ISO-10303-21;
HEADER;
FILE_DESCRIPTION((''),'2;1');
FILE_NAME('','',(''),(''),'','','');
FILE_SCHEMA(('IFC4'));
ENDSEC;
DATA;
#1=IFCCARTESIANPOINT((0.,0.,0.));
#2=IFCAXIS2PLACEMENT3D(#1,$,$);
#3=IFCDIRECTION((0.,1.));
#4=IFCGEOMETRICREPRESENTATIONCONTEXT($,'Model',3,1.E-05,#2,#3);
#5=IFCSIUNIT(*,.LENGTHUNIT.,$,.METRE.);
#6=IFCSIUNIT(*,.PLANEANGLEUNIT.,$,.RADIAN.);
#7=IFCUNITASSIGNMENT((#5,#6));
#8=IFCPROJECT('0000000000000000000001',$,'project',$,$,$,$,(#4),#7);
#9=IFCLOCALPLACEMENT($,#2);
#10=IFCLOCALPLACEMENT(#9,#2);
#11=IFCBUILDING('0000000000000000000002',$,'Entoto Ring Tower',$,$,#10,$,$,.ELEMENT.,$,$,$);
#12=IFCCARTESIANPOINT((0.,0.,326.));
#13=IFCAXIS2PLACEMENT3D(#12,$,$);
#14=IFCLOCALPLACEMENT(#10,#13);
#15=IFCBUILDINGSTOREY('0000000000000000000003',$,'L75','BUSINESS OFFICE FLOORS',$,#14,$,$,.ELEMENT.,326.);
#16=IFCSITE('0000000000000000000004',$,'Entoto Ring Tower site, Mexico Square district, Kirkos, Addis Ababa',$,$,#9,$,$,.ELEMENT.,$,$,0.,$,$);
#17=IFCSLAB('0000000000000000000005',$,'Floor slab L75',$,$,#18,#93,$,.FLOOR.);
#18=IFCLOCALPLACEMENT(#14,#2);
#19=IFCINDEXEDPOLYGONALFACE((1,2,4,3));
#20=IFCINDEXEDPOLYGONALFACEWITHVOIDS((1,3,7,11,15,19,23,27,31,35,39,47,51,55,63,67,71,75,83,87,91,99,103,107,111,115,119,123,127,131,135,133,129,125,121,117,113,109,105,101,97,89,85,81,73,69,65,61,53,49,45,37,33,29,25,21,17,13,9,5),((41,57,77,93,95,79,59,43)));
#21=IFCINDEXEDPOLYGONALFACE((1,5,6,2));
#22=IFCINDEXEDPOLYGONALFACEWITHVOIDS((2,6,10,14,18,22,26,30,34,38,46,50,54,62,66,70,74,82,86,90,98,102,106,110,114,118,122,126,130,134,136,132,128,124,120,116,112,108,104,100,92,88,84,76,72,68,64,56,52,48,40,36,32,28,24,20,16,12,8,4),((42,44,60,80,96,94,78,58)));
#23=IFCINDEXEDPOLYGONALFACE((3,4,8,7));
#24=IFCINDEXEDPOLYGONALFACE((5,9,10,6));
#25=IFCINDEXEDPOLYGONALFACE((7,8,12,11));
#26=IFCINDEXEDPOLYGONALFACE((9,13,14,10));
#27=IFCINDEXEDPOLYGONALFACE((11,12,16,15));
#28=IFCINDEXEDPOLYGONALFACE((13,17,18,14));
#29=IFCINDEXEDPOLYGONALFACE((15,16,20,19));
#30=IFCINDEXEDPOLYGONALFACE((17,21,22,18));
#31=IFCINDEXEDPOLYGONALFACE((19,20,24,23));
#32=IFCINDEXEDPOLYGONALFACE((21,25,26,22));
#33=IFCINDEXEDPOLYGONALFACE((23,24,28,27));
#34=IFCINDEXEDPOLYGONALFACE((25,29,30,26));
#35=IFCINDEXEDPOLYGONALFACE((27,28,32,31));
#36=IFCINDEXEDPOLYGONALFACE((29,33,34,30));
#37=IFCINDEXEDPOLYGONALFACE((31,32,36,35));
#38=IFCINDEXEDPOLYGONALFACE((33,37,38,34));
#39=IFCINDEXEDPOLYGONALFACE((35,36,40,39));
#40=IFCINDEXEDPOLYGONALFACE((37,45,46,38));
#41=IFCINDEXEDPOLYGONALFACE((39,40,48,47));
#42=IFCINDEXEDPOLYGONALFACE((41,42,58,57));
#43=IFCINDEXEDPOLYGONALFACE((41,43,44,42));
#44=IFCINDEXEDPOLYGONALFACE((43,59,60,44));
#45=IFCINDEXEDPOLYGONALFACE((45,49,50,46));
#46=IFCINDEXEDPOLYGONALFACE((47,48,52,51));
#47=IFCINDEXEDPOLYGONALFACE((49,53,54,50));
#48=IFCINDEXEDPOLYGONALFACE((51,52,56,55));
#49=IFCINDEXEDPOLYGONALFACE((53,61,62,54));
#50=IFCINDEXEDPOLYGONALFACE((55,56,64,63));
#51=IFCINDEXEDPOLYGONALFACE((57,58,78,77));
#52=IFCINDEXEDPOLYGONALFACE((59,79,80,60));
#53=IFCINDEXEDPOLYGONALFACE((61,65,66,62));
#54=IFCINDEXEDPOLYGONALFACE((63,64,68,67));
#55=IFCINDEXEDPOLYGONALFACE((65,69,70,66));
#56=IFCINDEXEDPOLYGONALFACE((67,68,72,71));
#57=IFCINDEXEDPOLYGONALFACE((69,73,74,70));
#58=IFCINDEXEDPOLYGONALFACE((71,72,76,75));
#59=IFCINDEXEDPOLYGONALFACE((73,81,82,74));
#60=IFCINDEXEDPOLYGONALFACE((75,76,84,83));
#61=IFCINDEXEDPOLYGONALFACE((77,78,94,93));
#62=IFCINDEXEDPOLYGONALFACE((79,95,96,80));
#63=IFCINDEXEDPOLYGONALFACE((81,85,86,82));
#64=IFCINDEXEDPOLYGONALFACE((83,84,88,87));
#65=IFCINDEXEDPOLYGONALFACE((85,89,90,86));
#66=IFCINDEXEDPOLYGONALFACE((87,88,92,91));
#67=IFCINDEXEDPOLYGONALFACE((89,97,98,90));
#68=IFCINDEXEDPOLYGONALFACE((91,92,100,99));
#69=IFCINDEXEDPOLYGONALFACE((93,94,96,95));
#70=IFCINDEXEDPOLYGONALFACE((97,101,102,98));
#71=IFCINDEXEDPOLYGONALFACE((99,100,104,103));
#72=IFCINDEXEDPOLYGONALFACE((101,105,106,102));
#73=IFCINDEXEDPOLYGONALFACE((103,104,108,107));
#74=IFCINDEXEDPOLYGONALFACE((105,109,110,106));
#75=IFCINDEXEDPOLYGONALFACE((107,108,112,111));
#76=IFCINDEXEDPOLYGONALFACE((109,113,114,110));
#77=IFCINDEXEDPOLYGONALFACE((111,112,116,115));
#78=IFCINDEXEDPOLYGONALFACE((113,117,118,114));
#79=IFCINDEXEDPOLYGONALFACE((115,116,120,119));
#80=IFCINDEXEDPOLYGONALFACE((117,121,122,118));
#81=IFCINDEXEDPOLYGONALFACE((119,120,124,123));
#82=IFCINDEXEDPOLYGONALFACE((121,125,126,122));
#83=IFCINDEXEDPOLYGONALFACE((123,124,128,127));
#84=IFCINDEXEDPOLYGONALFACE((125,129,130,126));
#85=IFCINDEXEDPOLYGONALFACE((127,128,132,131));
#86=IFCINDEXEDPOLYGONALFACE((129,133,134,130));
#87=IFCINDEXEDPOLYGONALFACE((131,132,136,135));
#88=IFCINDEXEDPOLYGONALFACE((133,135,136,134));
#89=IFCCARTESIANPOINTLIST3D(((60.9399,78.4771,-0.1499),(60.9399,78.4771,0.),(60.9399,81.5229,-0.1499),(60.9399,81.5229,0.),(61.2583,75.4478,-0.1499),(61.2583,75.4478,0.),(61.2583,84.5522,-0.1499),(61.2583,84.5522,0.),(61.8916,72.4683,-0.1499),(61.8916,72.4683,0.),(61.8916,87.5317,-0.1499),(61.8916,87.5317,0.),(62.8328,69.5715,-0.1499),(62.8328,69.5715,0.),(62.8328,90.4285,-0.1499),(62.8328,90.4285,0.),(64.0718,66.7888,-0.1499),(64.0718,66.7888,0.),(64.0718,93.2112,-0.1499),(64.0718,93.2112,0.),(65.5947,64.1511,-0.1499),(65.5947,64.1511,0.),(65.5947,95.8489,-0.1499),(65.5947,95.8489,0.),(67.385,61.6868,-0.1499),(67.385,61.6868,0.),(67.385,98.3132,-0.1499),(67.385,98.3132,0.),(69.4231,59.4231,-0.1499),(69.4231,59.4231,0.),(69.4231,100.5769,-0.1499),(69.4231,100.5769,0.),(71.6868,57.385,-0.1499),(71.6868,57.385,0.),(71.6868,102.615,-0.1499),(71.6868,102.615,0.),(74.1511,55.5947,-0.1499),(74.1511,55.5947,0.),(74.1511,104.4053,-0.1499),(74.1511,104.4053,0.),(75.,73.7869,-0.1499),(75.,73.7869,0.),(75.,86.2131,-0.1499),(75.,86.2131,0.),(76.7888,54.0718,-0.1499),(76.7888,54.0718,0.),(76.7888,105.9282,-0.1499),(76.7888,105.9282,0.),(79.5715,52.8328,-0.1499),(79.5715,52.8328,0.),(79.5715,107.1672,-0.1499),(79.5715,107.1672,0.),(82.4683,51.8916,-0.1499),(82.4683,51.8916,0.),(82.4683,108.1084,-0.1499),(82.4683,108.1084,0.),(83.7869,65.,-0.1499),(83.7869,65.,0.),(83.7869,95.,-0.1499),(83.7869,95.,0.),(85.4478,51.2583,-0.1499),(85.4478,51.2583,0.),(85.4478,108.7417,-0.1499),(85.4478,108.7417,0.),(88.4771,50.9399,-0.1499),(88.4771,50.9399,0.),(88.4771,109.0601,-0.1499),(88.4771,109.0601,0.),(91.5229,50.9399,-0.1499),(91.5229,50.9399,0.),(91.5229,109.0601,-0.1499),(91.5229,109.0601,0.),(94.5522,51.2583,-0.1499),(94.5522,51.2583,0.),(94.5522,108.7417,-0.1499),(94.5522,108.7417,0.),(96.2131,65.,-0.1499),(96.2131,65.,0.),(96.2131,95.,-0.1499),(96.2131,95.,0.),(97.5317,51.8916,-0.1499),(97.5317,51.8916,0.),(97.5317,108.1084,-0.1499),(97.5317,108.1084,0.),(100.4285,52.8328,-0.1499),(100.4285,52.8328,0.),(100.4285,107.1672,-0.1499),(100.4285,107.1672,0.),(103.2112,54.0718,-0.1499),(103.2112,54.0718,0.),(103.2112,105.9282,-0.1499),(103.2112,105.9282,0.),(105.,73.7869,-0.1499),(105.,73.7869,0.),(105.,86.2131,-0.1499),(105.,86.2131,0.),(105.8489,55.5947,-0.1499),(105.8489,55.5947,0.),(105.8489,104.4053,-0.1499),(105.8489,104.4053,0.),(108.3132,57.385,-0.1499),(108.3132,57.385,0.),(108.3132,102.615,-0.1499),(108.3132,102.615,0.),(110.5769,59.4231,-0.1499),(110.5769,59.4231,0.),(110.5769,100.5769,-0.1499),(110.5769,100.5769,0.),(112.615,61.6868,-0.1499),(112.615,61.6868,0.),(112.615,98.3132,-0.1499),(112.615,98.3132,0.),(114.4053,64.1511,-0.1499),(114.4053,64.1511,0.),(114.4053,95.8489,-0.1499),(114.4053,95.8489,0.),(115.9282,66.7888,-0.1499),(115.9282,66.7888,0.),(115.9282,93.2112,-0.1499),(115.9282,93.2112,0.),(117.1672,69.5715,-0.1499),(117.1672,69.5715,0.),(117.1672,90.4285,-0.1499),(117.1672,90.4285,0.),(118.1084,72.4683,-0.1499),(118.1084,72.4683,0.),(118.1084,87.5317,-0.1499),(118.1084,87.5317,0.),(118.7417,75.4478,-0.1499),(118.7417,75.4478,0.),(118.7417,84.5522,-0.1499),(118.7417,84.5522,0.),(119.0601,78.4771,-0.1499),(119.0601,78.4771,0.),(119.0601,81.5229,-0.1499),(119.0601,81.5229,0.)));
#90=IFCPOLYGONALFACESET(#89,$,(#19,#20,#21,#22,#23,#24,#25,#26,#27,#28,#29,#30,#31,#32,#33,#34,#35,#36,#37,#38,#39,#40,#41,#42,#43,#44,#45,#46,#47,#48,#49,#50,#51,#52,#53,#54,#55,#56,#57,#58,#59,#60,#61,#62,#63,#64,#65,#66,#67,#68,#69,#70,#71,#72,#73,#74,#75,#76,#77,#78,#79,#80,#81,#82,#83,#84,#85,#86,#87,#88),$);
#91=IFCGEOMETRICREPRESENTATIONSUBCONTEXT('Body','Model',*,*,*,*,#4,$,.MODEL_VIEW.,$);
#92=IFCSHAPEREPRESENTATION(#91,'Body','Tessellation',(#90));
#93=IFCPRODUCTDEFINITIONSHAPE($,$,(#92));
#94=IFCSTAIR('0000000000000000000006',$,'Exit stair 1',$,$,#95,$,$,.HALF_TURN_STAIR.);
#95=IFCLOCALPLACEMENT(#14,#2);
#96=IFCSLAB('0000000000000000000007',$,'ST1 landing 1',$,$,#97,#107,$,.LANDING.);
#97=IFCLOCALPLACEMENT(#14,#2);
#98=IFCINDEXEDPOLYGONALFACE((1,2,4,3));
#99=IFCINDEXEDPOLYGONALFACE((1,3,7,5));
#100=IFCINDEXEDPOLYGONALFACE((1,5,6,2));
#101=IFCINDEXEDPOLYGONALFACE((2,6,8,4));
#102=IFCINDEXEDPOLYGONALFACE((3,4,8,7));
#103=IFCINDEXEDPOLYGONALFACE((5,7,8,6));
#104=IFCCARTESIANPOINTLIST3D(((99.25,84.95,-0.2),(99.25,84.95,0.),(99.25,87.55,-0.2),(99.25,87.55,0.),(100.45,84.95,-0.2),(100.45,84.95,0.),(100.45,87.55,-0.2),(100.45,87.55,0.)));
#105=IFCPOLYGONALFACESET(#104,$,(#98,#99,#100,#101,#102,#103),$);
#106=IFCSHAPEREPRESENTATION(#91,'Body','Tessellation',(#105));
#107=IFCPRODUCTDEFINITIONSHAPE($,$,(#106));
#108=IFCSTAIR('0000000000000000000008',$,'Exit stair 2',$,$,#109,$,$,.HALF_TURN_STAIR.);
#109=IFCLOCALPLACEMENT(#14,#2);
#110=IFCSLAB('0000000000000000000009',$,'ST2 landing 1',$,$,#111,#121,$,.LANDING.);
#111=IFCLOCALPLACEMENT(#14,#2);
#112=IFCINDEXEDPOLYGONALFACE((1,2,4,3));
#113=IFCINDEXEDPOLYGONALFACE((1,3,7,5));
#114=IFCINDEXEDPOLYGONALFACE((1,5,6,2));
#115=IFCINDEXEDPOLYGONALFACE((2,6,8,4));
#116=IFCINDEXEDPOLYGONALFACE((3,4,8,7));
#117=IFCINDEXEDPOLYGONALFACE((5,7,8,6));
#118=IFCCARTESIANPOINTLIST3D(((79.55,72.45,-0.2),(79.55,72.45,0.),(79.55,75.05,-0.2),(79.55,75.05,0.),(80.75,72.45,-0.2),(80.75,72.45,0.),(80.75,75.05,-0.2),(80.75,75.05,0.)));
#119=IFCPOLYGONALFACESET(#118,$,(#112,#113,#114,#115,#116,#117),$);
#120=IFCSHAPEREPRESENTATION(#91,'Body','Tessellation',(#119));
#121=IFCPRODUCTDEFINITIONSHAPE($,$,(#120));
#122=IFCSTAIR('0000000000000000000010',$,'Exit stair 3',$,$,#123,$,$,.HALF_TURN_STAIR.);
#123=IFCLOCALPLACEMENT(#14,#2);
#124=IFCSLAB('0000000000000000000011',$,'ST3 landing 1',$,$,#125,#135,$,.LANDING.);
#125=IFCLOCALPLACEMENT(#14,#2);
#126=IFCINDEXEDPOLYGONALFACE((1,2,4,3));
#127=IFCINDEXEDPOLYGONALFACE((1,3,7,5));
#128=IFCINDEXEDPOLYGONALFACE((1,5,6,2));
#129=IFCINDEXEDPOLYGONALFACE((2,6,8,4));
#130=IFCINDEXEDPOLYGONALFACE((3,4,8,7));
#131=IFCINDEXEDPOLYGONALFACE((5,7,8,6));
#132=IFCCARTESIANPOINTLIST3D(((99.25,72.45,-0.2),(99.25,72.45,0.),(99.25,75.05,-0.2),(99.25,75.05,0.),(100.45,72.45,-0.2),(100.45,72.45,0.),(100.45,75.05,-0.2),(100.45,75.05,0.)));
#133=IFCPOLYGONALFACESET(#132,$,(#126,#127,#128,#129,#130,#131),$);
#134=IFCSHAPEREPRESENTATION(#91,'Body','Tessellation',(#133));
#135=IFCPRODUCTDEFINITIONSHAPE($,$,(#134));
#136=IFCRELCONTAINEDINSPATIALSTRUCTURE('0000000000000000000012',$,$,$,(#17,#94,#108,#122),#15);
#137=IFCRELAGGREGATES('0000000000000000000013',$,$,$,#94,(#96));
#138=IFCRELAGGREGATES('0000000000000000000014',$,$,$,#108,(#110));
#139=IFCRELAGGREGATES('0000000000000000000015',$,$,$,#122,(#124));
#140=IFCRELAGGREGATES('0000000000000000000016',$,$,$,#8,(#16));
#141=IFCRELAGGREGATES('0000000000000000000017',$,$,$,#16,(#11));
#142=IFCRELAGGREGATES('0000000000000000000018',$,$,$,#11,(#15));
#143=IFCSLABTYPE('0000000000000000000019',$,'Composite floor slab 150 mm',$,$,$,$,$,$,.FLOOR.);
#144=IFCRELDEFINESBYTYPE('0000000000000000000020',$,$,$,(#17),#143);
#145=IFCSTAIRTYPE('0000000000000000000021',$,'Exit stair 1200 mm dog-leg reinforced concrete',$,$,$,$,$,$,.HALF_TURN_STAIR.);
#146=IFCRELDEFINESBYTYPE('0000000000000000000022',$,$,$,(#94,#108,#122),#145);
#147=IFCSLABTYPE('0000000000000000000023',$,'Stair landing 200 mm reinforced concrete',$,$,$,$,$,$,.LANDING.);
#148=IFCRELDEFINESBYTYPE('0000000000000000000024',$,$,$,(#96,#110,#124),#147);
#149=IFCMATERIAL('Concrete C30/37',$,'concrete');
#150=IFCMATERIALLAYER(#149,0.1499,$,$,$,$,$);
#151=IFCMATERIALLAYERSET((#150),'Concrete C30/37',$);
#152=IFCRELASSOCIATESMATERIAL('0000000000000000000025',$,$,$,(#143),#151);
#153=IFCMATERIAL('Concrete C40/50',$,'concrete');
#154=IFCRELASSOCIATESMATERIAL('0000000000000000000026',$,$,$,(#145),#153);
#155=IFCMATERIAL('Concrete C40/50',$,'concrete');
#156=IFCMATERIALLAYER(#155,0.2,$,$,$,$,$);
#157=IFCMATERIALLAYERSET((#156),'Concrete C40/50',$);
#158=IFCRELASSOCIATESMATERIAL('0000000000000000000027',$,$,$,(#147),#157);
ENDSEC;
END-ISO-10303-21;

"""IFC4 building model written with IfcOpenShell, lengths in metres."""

from ifc_helpers import new_model, si_unit, direction, frame, origin, place, context, subcontext, project, spatial, polyline, outline, extrude, material, layer, layer_set, type_object, element, aggregate, save


model = new_model("IFC4")

# Units and contexts
model_context = context("Model", 3, precision=1e-05, world=origin(), true_north=direction((0.0, 1.0)))
body_context = subcontext(model_context, "Body", "Model", "MODEL_VIEW")
ifc_project = project(units=[si_unit("LENGTHUNIT", "METRE"), si_unit("PLANEANGLEUNIT", "RADIAN")], contexts=[model_context])

# Site, building, storey
site_placement = place(None, origin())
building_placement = place(site_placement, origin())
storey_placement = place(building_placement, frame((0.0, 0.0, 326.0)))
site = spatial("IfcSite", under=ifc_project, at=site_placement, Name="Entoto Ring Tower site, Mexico Square district, Kirkos, Addis Ababa", CompositionType="ELEMENT", RefElevation=0.0)
building = spatial("IfcBuilding", under=site, at=building_placement, Name="Entoto Ring Tower", CompositionType="ELEMENT")
storey = spatial("IfcBuildingStorey", under=building, at=storey_placement, Name="L75", Description="BUSINESS OFFICE FLOORS", CompositionType="ELEMENT", Elevation=326.0)

# Slab
ifc_material_1 = material(Name="Concrete C30/37", Category="concrete")
ifc_layer_1 = layer(ifc_material_1, 0.1499)
ifc_layer_set_1 = layer_set([ifc_layer_1], Name="Concrete C30/37")
slab_type_1 = type_object("IfcSlabType", Name="Composite floor slab 150 mm", PredefinedType="FLOOR", material=ifc_layer_set_1)
slab_1_placement = place(storey_placement, frame((0.0, 0.0, -0.1499)))
element("IfcSlab", 1, at=slab_1_placement, inside=storey, type_object=slab_type_1, Name="Floor slab L75", PredefinedType="FLOOR", context=body_context, shape_type="SweptSolid", body=[
    extrude(outline(polyline([(118.7417, 84.5522), (118.1084, 87.5317), (117.1672, 90.4285), (115.9282, 93.2112), (114.4053, 95.8489), (112.615, 98.3132), (110.5769, 100.5769), (108.3132, 102.615), (105.8489, 104.4053), (103.2112, 105.9282), (100.4285, 107.1672), (97.5317, 108.1084), (94.5522, 108.7417), (91.5229, 109.0601), (88.4771, 109.0601), (85.4478, 108.7417), (82.4683, 108.1084), (79.5715, 107.1672), (76.7888, 105.9282), (74.1511, 104.4053), (71.6868, 102.615), (69.4231, 100.5769), (67.385, 98.3132), (65.5947, 95.8489), (64.0718, 93.2112), (62.8328, 90.4285), (61.8916, 87.5317), (61.2583, 84.5522), (60.9399, 81.5229), (60.9399, 78.4771), (61.2583, 75.4478), (61.8916, 72.4683), (62.8328, 69.5715), (64.0718, 66.7888), (65.5947, 64.1511), (67.385, 61.6868), (69.4231, 59.4231), (71.6868, 57.385), (74.1511, 55.5947), (76.7888, 54.0718), (79.5715, 52.8328), (82.4683, 51.8916), (85.4478, 51.2583), (88.4771, 50.9399), (91.5229, 50.9399), (94.5522, 51.2583), (97.5317, 51.8916), (100.4285, 52.8328), (103.2112, 54.0718), (105.8489, 55.5947), (108.3132, 57.385), (110.5769, 59.4231), (112.615, 61.6868), (114.4053, 64.1511), (115.9282, 66.7888), (117.1672, 69.5715), (118.1084, 72.4683), (118.7417, 75.4478), (119.0601, 78.4771), (119.0601, 81.5229), (118.7417, 84.5522)]), holes=[polyline([(105.0, 73.7869), (105.0, 86.2131), (96.2131, 95.0), (83.7869, 95.0), (75.0, 86.2131), (75.0, 73.7869), (83.7869, 65.0), (96.2131, 65.0), (105.0, 73.7869)])]), origin(), (0.0, 0.0, 1.0), 0.1499),
])

# Stairs, slabs
ifc_material_2 = material(Name="Concrete C40/50", Category="concrete")
stair_type = type_object("IfcStairType", Name="Exit stair 1200 mm dog-leg reinforced concrete", PredefinedType="HALF_TURN_STAIR", material=ifc_material_2)
stair_1_placement = place(storey_placement, origin())
stair_1 = element("IfcStair", 2, at=stair_1_placement, inside=storey, type_object=stair_type, Name="Exit stair 1", PredefinedType="HALF_TURN_STAIR")
ifc_material_3 = material(Name="Concrete C40/50", Category="concrete")
ifc_layer_2 = layer(ifc_material_3, 0.2)
ifc_layer_set_2 = layer_set([ifc_layer_2], Name="Concrete C40/50")
slab_type_2 = type_object("IfcSlabType", Name="Stair landing 200 mm reinforced concrete", PredefinedType="LANDING", material=ifc_layer_set_2)
slab_2_placement = place(storey_placement, frame((0.0, 0.0, -0.2)))
slab_2 = element("IfcSlab", 3, at=slab_2_placement, type_object=slab_type_2, Name="ST1 landing 1", PredefinedType="LANDING", context=body_context, shape_type="SweptSolid", body=[
    extrude(outline(polyline([(100.45, 84.95), (100.45, 87.55), (99.25, 87.55), (99.25, 84.95), (100.45, 84.95)])), origin(), (0.0, 0.0, 1.0), 0.2),
])
aggregate(stair_1, [slab_2])
stair_2_placement = place(storey_placement, origin())
stair_2 = element("IfcStair", 4, at=stair_2_placement, inside=storey, type_object=stair_type, Name="Exit stair 2", PredefinedType="HALF_TURN_STAIR")
slab_3_placement = place(storey_placement, frame((0.0, 0.0, -0.2)))
slab_3 = element("IfcSlab", 5, at=slab_3_placement, type_object=slab_type_2, Name="ST2 landing 1", PredefinedType="LANDING", context=body_context, shape_type="SweptSolid", body=[
    extrude(outline(polyline([(80.75, 72.45), (80.75, 75.05), (79.55, 75.05), (79.55, 72.45), (80.75, 72.45)])), origin(), (0.0, 0.0, 1.0), 0.2),
])
aggregate(stair_2, [slab_3])
stair_3_placement = place(storey_placement, origin())
stair_3 = element("IfcStair", 6, at=stair_3_placement, inside=storey, type_object=stair_type, Name="Exit stair 3", PredefinedType="HALF_TURN_STAIR")
slab_4_placement = place(storey_placement, frame((0.0, 0.0, -0.2)))
slab_4 = element("IfcSlab", 7, at=slab_4_placement, type_object=slab_type_2, Name="ST3 landing 1", PredefinedType="LANDING", context=body_context, shape_type="SweptSolid", body=[
    extrude(outline(polyline([(100.45, 72.45), (100.45, 75.05), (99.25, 75.05), (99.25, 72.45), (100.45, 72.45)])), origin(), (0.0, 0.0, 1.0), 0.2),
])
aggregate(stair_3, [slab_4])

save(model, "model.ifc")
